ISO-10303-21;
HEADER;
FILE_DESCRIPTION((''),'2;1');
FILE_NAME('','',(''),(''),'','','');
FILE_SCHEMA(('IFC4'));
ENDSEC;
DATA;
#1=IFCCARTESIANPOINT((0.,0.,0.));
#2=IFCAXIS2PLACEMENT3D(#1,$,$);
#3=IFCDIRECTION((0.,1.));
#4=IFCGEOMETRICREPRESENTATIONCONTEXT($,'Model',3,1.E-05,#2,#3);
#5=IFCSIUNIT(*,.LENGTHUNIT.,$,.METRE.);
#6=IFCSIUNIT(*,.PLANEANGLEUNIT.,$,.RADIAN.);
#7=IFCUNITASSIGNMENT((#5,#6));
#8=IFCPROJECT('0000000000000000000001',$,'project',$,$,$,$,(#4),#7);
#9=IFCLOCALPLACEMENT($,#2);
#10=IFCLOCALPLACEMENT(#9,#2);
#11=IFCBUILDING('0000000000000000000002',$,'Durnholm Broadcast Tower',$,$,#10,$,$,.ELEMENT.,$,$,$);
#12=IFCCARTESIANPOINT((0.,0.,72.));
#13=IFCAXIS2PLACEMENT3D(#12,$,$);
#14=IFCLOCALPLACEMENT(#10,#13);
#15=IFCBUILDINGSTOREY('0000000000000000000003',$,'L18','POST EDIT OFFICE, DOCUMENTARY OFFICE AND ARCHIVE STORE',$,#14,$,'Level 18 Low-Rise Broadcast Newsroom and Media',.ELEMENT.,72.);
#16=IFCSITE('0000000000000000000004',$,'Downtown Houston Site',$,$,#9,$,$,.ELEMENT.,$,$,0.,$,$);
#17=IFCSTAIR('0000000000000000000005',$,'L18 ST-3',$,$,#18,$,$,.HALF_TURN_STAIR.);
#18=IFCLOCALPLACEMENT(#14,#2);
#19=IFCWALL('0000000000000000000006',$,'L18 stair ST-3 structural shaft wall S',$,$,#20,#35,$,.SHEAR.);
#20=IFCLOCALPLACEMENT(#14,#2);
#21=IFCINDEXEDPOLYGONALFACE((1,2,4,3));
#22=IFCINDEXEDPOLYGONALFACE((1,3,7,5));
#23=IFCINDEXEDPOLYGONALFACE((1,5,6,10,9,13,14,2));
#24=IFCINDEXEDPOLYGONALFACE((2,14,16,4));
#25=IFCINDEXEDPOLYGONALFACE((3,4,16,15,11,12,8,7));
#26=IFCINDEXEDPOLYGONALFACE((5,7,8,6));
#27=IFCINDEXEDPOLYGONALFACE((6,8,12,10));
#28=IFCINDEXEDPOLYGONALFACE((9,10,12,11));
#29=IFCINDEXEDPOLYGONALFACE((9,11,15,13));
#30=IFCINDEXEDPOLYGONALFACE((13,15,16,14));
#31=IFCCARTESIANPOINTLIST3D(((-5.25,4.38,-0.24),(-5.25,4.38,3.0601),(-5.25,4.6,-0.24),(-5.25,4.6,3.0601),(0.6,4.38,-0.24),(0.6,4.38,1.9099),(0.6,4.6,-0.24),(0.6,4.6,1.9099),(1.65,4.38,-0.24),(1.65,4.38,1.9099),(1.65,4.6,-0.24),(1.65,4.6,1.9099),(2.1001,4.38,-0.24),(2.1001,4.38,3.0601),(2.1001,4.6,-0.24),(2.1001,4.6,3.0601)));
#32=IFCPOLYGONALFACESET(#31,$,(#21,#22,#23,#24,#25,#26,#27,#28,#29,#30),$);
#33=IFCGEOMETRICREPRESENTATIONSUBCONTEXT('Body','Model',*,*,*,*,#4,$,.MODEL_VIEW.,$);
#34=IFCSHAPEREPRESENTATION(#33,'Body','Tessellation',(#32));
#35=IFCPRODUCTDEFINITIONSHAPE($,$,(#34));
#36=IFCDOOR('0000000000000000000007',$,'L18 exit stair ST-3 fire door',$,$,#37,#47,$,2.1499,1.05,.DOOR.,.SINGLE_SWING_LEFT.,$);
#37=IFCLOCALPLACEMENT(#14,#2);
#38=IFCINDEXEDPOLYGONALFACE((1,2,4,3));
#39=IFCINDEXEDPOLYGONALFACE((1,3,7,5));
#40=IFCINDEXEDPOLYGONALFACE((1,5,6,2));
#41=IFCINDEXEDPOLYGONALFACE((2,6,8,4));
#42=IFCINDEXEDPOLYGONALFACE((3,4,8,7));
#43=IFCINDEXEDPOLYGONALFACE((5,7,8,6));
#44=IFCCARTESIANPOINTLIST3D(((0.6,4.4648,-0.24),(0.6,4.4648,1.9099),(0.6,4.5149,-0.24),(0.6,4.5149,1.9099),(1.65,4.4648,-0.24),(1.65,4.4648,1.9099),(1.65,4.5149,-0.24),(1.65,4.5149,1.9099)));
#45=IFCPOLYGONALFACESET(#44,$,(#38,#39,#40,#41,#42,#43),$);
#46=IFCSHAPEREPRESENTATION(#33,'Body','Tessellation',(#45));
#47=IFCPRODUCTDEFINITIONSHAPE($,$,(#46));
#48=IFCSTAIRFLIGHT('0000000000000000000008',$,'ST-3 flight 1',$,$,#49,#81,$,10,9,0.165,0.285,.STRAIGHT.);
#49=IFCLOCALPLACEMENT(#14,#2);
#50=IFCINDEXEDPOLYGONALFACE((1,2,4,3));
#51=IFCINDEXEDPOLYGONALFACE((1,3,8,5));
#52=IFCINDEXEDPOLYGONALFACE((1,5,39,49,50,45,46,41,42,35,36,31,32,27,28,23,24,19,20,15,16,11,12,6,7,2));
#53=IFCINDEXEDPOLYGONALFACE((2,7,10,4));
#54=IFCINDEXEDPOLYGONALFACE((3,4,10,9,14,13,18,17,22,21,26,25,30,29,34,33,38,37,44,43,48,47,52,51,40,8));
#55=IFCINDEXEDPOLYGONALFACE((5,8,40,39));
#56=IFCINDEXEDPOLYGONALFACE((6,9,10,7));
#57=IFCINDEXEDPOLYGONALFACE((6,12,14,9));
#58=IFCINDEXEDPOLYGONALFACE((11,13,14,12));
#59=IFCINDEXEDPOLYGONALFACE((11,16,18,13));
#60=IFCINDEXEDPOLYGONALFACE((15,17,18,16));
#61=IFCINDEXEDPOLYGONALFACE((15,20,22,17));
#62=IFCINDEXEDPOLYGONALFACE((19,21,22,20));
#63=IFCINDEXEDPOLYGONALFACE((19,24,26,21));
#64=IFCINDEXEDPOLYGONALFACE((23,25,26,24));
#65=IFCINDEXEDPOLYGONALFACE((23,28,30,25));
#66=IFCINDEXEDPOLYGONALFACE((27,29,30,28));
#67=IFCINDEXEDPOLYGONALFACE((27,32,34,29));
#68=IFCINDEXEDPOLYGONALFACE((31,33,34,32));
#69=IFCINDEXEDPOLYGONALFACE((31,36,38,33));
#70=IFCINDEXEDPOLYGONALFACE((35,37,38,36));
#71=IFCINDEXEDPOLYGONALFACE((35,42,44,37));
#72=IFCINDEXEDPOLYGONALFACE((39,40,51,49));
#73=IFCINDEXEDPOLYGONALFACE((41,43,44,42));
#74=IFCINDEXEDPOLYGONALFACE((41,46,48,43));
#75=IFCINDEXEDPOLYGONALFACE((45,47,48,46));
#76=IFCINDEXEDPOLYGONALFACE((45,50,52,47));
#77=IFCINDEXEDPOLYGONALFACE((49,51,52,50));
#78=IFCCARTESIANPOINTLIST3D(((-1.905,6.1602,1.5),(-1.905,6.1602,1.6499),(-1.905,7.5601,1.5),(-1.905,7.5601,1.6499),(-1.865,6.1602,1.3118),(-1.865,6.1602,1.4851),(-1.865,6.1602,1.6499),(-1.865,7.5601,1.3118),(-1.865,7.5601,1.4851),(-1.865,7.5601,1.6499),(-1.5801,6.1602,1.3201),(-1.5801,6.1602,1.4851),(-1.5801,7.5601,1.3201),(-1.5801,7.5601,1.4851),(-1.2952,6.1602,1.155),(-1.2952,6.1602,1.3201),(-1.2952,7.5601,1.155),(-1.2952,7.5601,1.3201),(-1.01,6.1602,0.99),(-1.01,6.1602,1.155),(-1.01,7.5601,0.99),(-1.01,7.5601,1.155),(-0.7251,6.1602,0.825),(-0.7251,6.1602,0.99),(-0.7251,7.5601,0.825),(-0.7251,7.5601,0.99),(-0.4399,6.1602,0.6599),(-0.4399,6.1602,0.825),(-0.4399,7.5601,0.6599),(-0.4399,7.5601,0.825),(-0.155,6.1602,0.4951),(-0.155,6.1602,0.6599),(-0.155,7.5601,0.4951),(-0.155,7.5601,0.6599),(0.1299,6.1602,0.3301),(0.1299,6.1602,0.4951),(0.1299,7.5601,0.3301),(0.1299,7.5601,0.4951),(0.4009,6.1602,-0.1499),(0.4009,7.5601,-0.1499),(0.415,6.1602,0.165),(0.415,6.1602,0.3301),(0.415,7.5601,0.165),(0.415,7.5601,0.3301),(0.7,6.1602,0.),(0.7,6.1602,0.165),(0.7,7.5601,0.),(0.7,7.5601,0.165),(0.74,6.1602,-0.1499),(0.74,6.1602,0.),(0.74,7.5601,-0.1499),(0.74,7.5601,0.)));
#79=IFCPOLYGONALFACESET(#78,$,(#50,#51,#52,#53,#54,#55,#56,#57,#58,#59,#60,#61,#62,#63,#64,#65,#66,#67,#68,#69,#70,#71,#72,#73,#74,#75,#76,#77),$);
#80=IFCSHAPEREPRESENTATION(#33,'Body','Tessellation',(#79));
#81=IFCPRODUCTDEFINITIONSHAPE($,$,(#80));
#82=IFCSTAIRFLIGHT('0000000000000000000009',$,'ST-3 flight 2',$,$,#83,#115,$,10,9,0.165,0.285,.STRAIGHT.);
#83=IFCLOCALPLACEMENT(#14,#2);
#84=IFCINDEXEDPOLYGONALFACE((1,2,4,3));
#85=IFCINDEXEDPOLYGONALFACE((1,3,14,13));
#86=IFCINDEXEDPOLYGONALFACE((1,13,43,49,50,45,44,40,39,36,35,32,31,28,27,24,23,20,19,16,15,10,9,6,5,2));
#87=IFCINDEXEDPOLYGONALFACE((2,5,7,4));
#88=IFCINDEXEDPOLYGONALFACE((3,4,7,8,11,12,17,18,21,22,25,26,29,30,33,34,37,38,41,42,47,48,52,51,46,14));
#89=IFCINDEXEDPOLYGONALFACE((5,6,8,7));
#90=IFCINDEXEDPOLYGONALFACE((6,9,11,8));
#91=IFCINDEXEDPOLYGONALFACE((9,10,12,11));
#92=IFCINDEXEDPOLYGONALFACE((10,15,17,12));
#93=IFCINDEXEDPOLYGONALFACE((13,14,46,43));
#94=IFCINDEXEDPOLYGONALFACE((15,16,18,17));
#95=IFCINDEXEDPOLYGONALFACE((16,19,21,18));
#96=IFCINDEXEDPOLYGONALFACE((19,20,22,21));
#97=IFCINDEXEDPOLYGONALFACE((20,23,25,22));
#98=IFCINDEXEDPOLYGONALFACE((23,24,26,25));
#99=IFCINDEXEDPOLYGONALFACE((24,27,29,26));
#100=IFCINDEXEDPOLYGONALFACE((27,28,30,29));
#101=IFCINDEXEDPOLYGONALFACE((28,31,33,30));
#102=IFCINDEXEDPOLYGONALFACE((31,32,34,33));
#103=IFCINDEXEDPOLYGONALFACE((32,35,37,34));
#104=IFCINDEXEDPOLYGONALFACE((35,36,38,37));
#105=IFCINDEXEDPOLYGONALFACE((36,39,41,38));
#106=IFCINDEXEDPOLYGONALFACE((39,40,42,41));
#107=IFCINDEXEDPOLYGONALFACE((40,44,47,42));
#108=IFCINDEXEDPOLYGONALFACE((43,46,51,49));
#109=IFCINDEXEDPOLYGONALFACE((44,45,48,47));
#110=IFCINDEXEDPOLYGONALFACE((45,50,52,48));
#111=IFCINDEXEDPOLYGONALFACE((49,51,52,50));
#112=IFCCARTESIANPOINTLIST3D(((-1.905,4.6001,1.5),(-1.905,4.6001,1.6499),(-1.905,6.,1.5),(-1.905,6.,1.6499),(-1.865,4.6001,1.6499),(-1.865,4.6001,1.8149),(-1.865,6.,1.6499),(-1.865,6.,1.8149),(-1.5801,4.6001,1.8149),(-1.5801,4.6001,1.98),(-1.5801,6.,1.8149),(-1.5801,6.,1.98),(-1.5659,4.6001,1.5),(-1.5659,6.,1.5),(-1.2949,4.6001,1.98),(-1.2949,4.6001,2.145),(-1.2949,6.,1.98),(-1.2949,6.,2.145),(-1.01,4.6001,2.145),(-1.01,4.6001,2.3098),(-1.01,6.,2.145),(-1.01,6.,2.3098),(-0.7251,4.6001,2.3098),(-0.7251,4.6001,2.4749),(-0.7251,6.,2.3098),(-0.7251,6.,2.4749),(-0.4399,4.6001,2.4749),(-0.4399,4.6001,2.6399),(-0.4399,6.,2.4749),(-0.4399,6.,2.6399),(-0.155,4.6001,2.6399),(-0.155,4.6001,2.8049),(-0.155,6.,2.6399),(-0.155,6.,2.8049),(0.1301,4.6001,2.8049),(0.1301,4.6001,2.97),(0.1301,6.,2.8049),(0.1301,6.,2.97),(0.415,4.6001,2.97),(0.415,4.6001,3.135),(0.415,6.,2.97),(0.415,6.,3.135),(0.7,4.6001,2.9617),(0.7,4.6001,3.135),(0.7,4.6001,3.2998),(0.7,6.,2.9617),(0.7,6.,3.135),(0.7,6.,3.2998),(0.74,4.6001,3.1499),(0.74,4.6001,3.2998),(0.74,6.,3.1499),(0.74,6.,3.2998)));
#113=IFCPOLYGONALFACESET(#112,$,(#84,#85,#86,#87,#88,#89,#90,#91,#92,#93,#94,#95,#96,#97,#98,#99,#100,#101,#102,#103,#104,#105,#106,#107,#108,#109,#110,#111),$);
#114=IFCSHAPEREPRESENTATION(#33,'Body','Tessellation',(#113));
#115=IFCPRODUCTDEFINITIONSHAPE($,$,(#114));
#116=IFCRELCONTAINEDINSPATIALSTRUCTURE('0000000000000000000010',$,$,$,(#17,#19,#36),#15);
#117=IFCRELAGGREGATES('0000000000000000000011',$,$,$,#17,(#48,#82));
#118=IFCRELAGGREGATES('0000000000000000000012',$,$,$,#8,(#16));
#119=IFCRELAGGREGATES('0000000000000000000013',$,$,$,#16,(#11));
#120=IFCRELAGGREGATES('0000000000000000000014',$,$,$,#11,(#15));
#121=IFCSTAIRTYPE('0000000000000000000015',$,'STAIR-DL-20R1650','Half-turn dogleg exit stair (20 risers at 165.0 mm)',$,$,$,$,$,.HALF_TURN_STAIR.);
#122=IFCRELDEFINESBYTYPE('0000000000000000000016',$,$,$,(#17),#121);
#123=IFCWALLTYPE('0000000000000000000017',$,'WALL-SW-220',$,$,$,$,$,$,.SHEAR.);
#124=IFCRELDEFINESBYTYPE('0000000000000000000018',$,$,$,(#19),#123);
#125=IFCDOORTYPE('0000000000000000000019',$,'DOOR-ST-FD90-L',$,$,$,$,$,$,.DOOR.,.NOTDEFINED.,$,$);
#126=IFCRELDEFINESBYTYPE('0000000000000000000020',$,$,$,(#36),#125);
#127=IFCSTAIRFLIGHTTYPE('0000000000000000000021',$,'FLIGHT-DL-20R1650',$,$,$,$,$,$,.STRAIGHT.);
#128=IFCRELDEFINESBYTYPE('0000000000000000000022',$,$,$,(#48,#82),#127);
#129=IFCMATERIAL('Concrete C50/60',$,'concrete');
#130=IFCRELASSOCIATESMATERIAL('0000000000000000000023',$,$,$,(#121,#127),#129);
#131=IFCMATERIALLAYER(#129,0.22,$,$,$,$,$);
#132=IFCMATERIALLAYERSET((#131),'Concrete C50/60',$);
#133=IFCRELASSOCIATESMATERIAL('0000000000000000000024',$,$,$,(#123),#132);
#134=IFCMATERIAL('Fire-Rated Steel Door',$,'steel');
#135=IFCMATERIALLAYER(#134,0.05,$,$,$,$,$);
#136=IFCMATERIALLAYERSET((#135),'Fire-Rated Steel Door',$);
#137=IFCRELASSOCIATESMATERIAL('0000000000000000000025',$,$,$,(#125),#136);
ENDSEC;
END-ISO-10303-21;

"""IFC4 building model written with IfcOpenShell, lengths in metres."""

from ifc_helpers import new_model, si_unit, direction, frame, frame_2d, origin, place, context, subcontext, project, spatial, polyline, rectangle, outline, extrude, source, transform, mapped, material, layer, layer_set, type_object, type_shapes, element, fill, aggregate, save


model = new_model("IFC4")

# Units and contexts
model_context = context("Model", 3, precision=1e-05, world=origin(), true_north=direction((0.0, 1.0)))
body_context = subcontext(model_context, "Body", "Model", "MODEL_VIEW")
ifc_project = project(units=[si_unit("LENGTHUNIT", "METRE"), si_unit("PLANEANGLEUNIT", "RADIAN")], contexts=[model_context])

# Site, building, storey
site_placement = place(None, origin())
site = spatial("IfcSite", under=ifc_project, at=site_placement, Name="Downtown Houston Site", CompositionType="ELEMENT", RefElevation=0.0)
building_placement = place(site_placement, origin())
building = spatial("IfcBuilding", under=site, at=building_placement, Name="Durnholm Broadcast Tower", CompositionType="ELEMENT")
storey_placement = place(building_placement, frame((0.0, 0.0, 72.0)))
storey = spatial("IfcBuildingStorey", under=building, at=storey_placement, Name="L18", Description="POST EDIT OFFICE, DOCUMENTARY OFFICE AND ARCHIVE STORE", LongName="Level 18 Low-Rise Broadcast Newsroom and Media", CompositionType="ELEMENT", Elevation=72.0)

# Stair
ifc_material_1 = material(Name="Concrete C50/60", Category="concrete")
stair_type = type_object("IfcStairType", Name="STAIR-DL-20R1650", Description="Half-turn dogleg exit stair (20 risers at 165.0 mm)", PredefinedType="HALF_TURN_STAIR", material=ifc_material_1)
stair_placement = place(storey_placement, origin())
stair = element("IfcStair", 1, at=stair_placement, inside=storey, type_object=stair_type, Name="L18 ST-3", PredefinedType="HALF_TURN_STAIR")

# Shared definitions
ifc_layer_1 = layer(ifc_material_1, 0.22)
ifc_layer_set_1 = layer_set([ifc_layer_1], Name="Concrete C50/60")
wall_type_1 = type_object("IfcWallType", Name="WALL-SW-220", PredefinedType="SHEAR", material=ifc_layer_set_1)

# Wall, opening, door
wall_1_placement = place(storey_placement, frame((-5.25, 4.49, -0.24), z_axis=(0.0, 0.0, 1.0), x_axis=(1.0, 0.0, 0.0)))
wall_1 = element("IfcWall", 2, at=wall_1_placement, inside=storey, type_object=wall_type_1, Name="L18 stair ST-3 structural shaft wall S", PredefinedType="SHEAR", context=body_context, shape_type="SweptSolid", body=[
    extrude(rectangle(XDim=7.3501, YDim=0.22, at=frame_2d((3.675, 0.0))), origin(), (0.0, 0.0, 1.0), 3.3),
])
opening_1_placement = place(wall_1_placement, frame((5.8501, 0.0, 0.0)))
opening_1 = element("IfcOpeningElement", 3, at=opening_1_placement, cuts=wall_1, PredefinedType="OPENING", context=body_context, shape_type="SweptSolid", body=[
    extrude(rectangle(XDim=1.05, YDim=2.1499, at=frame_2d((0.5249, 1.075))), frame((0.0, 0.1201, 0.0), z_axis=(0.0, -1.0, 0.0), x_axis=(1.0, 0.0, 0.0)), (0.0, 0.0, 1.0), 0.24),
])
ifc_material_2 = material(Name="Fire-Rated Steel Door", Category="steel")
ifc_layer_2 = layer(ifc_material_2, 0.05)
ifc_layer_set_2 = layer_set([ifc_layer_2], Name="Fire-Rated Steel Door")
door_type_1 = type_object("IfcDoorType", Name="DOOR-ST-FD90-L", OperationType="NOTDEFINED", PredefinedType="DOOR", material=ifc_layer_set_2)
shared_shape_1 = source(origin(), body_context, "Body", "SweptSolid", [
    extrude(rectangle(XDim=1.05, YDim=2.1499, at=frame_2d((0.5249, 1.075))), frame((0.0, 0.0249, 0.0), z_axis=(0.0, -1.0, 0.0), x_axis=(1.0, 0.0, 0.0)), (0.0, 0.0, 1.0), 0.05),
])
type_shapes(door_type_1, [shared_shape_1])
door_1_placement = place(opening_1_placement, origin())
door_1 = element("IfcDoor", 4, at=door_1_placement, inside=storey, type_object=door_type_1, Name="L18 exit stair ST-3 fire door", OperationType="SINGLE_SWING_LEFT", OverallHeight=2.1499, OverallWidth=1.05, PredefinedType="DOOR", context=body_context, shape_type="MappedRepresentation", body=[
    mapped(shared_shape_1, transform((0.0, 0.0, 0.0), x_axis=(1.0, 0.0, 0.0), y_axis=(0.0, 1.0, 0.0), z_axis=(0.0, 0.0, 1.0), scale=1.0)),
])
fill(opening_1, door_1)

# Stair flights
stair_flight_type = type_object("IfcStairFlightType", Name="FLIGHT-DL-20R1650", PredefinedType="STRAIGHT", material=ifc_material_1)
stair_flight_1_placement = place(storey_placement, frame((0.7, 6.8601, 0.0), z_axis=(0.0, 0.0, 1.0), x_axis=(-1.0, 0.0, 0.0)))
stair_flight_1 = element("IfcStairFlight", 5, at=stair_flight_1_placement, type_object=stair_flight_type, Name="ST-3 flight 1", NumberOfRisers=10, NumberOfTreads=9, PredefinedType="STRAIGHT", RiserHeight=0.165, TreadLength=0.285, context=body_context, shape_type="SweptSolid", body=[
    extrude(outline(polyline([(-0.04, -0.1499), (-0.04, 0.0), (0.0, 0.0), (0.0, 0.165), (0.2849, 0.165), (0.2849, 0.3301), (0.5701, 0.3301), (0.5701, 0.4951), (0.855, 0.4951), (0.855, 0.6599), (1.1399, 0.6599), (1.1399, 0.825), (1.425, 0.825), (1.425, 0.99), (1.71, 0.99), (1.71, 1.155), (1.9951, 1.155), (1.9951, 1.3201), (2.28, 1.3201), (2.28, 1.4851), (2.5649, 1.4851), (2.5649, 1.6499), (2.605, 1.6499), (2.605, 1.5), (2.5649, 1.3118), (0.2991, -0.1499), (-0.04, -0.1499)])), frame((0.0, 0.7, 0.0), z_axis=(0.0, -1.0, 0.0), x_axis=(1.0, 0.0, 0.0)), (0.0, 0.0, 1.0), 1.3999),
])
stair_flight_2_placement = place(storey_placement, frame((-1.865, 5.3, 1.6499), z_axis=(0.0, 0.0, 1.0), x_axis=(1.0, 0.0, 0.0)))
stair_flight_2 = element("IfcStairFlight", 6, at=stair_flight_2_placement, type_object=stair_flight_type, Name="ST-3 flight 2", NumberOfRisers=10, NumberOfTreads=9, PredefinedType="STRAIGHT", RiserHeight=0.165, TreadLength=0.285, context=body_context, shape_type="SweptSolid", body=[
    extrude(outline(polyline([(-0.04, -0.1499), (-0.04, 0.0), (0.0, 0.0), (0.0, 0.165), (0.2849, 0.165), (0.2849, 0.3301), (0.5701, 0.3301), (0.5701, 0.4951), (0.855, 0.4951), (0.855, 0.6599), (1.1399, 0.6599), (1.1399, 0.825), (1.425, 0.825), (1.425, 0.99), (1.71, 0.99), (1.71, 1.155), (1.9951, 1.155), (1.9951, 1.3201), (2.28, 1.3201), (2.28, 1.4851), (2.5649, 1.4851), (2.5649, 1.6499), (2.605, 1.6499), (2.605, 1.5), (2.5649, 1.3118), (0.2991, -0.1499), (-0.04, -0.1499)])), frame((0.0, 0.7, 0.0), z_axis=(0.0, -1.0, 0.0), x_axis=(1.0, 0.0, 0.0)), (0.0, 0.0, 1.0), 1.3999),
])
aggregate(stair, [stair_flight_1, stair_flight_2])

save(model, "model.ifc")
